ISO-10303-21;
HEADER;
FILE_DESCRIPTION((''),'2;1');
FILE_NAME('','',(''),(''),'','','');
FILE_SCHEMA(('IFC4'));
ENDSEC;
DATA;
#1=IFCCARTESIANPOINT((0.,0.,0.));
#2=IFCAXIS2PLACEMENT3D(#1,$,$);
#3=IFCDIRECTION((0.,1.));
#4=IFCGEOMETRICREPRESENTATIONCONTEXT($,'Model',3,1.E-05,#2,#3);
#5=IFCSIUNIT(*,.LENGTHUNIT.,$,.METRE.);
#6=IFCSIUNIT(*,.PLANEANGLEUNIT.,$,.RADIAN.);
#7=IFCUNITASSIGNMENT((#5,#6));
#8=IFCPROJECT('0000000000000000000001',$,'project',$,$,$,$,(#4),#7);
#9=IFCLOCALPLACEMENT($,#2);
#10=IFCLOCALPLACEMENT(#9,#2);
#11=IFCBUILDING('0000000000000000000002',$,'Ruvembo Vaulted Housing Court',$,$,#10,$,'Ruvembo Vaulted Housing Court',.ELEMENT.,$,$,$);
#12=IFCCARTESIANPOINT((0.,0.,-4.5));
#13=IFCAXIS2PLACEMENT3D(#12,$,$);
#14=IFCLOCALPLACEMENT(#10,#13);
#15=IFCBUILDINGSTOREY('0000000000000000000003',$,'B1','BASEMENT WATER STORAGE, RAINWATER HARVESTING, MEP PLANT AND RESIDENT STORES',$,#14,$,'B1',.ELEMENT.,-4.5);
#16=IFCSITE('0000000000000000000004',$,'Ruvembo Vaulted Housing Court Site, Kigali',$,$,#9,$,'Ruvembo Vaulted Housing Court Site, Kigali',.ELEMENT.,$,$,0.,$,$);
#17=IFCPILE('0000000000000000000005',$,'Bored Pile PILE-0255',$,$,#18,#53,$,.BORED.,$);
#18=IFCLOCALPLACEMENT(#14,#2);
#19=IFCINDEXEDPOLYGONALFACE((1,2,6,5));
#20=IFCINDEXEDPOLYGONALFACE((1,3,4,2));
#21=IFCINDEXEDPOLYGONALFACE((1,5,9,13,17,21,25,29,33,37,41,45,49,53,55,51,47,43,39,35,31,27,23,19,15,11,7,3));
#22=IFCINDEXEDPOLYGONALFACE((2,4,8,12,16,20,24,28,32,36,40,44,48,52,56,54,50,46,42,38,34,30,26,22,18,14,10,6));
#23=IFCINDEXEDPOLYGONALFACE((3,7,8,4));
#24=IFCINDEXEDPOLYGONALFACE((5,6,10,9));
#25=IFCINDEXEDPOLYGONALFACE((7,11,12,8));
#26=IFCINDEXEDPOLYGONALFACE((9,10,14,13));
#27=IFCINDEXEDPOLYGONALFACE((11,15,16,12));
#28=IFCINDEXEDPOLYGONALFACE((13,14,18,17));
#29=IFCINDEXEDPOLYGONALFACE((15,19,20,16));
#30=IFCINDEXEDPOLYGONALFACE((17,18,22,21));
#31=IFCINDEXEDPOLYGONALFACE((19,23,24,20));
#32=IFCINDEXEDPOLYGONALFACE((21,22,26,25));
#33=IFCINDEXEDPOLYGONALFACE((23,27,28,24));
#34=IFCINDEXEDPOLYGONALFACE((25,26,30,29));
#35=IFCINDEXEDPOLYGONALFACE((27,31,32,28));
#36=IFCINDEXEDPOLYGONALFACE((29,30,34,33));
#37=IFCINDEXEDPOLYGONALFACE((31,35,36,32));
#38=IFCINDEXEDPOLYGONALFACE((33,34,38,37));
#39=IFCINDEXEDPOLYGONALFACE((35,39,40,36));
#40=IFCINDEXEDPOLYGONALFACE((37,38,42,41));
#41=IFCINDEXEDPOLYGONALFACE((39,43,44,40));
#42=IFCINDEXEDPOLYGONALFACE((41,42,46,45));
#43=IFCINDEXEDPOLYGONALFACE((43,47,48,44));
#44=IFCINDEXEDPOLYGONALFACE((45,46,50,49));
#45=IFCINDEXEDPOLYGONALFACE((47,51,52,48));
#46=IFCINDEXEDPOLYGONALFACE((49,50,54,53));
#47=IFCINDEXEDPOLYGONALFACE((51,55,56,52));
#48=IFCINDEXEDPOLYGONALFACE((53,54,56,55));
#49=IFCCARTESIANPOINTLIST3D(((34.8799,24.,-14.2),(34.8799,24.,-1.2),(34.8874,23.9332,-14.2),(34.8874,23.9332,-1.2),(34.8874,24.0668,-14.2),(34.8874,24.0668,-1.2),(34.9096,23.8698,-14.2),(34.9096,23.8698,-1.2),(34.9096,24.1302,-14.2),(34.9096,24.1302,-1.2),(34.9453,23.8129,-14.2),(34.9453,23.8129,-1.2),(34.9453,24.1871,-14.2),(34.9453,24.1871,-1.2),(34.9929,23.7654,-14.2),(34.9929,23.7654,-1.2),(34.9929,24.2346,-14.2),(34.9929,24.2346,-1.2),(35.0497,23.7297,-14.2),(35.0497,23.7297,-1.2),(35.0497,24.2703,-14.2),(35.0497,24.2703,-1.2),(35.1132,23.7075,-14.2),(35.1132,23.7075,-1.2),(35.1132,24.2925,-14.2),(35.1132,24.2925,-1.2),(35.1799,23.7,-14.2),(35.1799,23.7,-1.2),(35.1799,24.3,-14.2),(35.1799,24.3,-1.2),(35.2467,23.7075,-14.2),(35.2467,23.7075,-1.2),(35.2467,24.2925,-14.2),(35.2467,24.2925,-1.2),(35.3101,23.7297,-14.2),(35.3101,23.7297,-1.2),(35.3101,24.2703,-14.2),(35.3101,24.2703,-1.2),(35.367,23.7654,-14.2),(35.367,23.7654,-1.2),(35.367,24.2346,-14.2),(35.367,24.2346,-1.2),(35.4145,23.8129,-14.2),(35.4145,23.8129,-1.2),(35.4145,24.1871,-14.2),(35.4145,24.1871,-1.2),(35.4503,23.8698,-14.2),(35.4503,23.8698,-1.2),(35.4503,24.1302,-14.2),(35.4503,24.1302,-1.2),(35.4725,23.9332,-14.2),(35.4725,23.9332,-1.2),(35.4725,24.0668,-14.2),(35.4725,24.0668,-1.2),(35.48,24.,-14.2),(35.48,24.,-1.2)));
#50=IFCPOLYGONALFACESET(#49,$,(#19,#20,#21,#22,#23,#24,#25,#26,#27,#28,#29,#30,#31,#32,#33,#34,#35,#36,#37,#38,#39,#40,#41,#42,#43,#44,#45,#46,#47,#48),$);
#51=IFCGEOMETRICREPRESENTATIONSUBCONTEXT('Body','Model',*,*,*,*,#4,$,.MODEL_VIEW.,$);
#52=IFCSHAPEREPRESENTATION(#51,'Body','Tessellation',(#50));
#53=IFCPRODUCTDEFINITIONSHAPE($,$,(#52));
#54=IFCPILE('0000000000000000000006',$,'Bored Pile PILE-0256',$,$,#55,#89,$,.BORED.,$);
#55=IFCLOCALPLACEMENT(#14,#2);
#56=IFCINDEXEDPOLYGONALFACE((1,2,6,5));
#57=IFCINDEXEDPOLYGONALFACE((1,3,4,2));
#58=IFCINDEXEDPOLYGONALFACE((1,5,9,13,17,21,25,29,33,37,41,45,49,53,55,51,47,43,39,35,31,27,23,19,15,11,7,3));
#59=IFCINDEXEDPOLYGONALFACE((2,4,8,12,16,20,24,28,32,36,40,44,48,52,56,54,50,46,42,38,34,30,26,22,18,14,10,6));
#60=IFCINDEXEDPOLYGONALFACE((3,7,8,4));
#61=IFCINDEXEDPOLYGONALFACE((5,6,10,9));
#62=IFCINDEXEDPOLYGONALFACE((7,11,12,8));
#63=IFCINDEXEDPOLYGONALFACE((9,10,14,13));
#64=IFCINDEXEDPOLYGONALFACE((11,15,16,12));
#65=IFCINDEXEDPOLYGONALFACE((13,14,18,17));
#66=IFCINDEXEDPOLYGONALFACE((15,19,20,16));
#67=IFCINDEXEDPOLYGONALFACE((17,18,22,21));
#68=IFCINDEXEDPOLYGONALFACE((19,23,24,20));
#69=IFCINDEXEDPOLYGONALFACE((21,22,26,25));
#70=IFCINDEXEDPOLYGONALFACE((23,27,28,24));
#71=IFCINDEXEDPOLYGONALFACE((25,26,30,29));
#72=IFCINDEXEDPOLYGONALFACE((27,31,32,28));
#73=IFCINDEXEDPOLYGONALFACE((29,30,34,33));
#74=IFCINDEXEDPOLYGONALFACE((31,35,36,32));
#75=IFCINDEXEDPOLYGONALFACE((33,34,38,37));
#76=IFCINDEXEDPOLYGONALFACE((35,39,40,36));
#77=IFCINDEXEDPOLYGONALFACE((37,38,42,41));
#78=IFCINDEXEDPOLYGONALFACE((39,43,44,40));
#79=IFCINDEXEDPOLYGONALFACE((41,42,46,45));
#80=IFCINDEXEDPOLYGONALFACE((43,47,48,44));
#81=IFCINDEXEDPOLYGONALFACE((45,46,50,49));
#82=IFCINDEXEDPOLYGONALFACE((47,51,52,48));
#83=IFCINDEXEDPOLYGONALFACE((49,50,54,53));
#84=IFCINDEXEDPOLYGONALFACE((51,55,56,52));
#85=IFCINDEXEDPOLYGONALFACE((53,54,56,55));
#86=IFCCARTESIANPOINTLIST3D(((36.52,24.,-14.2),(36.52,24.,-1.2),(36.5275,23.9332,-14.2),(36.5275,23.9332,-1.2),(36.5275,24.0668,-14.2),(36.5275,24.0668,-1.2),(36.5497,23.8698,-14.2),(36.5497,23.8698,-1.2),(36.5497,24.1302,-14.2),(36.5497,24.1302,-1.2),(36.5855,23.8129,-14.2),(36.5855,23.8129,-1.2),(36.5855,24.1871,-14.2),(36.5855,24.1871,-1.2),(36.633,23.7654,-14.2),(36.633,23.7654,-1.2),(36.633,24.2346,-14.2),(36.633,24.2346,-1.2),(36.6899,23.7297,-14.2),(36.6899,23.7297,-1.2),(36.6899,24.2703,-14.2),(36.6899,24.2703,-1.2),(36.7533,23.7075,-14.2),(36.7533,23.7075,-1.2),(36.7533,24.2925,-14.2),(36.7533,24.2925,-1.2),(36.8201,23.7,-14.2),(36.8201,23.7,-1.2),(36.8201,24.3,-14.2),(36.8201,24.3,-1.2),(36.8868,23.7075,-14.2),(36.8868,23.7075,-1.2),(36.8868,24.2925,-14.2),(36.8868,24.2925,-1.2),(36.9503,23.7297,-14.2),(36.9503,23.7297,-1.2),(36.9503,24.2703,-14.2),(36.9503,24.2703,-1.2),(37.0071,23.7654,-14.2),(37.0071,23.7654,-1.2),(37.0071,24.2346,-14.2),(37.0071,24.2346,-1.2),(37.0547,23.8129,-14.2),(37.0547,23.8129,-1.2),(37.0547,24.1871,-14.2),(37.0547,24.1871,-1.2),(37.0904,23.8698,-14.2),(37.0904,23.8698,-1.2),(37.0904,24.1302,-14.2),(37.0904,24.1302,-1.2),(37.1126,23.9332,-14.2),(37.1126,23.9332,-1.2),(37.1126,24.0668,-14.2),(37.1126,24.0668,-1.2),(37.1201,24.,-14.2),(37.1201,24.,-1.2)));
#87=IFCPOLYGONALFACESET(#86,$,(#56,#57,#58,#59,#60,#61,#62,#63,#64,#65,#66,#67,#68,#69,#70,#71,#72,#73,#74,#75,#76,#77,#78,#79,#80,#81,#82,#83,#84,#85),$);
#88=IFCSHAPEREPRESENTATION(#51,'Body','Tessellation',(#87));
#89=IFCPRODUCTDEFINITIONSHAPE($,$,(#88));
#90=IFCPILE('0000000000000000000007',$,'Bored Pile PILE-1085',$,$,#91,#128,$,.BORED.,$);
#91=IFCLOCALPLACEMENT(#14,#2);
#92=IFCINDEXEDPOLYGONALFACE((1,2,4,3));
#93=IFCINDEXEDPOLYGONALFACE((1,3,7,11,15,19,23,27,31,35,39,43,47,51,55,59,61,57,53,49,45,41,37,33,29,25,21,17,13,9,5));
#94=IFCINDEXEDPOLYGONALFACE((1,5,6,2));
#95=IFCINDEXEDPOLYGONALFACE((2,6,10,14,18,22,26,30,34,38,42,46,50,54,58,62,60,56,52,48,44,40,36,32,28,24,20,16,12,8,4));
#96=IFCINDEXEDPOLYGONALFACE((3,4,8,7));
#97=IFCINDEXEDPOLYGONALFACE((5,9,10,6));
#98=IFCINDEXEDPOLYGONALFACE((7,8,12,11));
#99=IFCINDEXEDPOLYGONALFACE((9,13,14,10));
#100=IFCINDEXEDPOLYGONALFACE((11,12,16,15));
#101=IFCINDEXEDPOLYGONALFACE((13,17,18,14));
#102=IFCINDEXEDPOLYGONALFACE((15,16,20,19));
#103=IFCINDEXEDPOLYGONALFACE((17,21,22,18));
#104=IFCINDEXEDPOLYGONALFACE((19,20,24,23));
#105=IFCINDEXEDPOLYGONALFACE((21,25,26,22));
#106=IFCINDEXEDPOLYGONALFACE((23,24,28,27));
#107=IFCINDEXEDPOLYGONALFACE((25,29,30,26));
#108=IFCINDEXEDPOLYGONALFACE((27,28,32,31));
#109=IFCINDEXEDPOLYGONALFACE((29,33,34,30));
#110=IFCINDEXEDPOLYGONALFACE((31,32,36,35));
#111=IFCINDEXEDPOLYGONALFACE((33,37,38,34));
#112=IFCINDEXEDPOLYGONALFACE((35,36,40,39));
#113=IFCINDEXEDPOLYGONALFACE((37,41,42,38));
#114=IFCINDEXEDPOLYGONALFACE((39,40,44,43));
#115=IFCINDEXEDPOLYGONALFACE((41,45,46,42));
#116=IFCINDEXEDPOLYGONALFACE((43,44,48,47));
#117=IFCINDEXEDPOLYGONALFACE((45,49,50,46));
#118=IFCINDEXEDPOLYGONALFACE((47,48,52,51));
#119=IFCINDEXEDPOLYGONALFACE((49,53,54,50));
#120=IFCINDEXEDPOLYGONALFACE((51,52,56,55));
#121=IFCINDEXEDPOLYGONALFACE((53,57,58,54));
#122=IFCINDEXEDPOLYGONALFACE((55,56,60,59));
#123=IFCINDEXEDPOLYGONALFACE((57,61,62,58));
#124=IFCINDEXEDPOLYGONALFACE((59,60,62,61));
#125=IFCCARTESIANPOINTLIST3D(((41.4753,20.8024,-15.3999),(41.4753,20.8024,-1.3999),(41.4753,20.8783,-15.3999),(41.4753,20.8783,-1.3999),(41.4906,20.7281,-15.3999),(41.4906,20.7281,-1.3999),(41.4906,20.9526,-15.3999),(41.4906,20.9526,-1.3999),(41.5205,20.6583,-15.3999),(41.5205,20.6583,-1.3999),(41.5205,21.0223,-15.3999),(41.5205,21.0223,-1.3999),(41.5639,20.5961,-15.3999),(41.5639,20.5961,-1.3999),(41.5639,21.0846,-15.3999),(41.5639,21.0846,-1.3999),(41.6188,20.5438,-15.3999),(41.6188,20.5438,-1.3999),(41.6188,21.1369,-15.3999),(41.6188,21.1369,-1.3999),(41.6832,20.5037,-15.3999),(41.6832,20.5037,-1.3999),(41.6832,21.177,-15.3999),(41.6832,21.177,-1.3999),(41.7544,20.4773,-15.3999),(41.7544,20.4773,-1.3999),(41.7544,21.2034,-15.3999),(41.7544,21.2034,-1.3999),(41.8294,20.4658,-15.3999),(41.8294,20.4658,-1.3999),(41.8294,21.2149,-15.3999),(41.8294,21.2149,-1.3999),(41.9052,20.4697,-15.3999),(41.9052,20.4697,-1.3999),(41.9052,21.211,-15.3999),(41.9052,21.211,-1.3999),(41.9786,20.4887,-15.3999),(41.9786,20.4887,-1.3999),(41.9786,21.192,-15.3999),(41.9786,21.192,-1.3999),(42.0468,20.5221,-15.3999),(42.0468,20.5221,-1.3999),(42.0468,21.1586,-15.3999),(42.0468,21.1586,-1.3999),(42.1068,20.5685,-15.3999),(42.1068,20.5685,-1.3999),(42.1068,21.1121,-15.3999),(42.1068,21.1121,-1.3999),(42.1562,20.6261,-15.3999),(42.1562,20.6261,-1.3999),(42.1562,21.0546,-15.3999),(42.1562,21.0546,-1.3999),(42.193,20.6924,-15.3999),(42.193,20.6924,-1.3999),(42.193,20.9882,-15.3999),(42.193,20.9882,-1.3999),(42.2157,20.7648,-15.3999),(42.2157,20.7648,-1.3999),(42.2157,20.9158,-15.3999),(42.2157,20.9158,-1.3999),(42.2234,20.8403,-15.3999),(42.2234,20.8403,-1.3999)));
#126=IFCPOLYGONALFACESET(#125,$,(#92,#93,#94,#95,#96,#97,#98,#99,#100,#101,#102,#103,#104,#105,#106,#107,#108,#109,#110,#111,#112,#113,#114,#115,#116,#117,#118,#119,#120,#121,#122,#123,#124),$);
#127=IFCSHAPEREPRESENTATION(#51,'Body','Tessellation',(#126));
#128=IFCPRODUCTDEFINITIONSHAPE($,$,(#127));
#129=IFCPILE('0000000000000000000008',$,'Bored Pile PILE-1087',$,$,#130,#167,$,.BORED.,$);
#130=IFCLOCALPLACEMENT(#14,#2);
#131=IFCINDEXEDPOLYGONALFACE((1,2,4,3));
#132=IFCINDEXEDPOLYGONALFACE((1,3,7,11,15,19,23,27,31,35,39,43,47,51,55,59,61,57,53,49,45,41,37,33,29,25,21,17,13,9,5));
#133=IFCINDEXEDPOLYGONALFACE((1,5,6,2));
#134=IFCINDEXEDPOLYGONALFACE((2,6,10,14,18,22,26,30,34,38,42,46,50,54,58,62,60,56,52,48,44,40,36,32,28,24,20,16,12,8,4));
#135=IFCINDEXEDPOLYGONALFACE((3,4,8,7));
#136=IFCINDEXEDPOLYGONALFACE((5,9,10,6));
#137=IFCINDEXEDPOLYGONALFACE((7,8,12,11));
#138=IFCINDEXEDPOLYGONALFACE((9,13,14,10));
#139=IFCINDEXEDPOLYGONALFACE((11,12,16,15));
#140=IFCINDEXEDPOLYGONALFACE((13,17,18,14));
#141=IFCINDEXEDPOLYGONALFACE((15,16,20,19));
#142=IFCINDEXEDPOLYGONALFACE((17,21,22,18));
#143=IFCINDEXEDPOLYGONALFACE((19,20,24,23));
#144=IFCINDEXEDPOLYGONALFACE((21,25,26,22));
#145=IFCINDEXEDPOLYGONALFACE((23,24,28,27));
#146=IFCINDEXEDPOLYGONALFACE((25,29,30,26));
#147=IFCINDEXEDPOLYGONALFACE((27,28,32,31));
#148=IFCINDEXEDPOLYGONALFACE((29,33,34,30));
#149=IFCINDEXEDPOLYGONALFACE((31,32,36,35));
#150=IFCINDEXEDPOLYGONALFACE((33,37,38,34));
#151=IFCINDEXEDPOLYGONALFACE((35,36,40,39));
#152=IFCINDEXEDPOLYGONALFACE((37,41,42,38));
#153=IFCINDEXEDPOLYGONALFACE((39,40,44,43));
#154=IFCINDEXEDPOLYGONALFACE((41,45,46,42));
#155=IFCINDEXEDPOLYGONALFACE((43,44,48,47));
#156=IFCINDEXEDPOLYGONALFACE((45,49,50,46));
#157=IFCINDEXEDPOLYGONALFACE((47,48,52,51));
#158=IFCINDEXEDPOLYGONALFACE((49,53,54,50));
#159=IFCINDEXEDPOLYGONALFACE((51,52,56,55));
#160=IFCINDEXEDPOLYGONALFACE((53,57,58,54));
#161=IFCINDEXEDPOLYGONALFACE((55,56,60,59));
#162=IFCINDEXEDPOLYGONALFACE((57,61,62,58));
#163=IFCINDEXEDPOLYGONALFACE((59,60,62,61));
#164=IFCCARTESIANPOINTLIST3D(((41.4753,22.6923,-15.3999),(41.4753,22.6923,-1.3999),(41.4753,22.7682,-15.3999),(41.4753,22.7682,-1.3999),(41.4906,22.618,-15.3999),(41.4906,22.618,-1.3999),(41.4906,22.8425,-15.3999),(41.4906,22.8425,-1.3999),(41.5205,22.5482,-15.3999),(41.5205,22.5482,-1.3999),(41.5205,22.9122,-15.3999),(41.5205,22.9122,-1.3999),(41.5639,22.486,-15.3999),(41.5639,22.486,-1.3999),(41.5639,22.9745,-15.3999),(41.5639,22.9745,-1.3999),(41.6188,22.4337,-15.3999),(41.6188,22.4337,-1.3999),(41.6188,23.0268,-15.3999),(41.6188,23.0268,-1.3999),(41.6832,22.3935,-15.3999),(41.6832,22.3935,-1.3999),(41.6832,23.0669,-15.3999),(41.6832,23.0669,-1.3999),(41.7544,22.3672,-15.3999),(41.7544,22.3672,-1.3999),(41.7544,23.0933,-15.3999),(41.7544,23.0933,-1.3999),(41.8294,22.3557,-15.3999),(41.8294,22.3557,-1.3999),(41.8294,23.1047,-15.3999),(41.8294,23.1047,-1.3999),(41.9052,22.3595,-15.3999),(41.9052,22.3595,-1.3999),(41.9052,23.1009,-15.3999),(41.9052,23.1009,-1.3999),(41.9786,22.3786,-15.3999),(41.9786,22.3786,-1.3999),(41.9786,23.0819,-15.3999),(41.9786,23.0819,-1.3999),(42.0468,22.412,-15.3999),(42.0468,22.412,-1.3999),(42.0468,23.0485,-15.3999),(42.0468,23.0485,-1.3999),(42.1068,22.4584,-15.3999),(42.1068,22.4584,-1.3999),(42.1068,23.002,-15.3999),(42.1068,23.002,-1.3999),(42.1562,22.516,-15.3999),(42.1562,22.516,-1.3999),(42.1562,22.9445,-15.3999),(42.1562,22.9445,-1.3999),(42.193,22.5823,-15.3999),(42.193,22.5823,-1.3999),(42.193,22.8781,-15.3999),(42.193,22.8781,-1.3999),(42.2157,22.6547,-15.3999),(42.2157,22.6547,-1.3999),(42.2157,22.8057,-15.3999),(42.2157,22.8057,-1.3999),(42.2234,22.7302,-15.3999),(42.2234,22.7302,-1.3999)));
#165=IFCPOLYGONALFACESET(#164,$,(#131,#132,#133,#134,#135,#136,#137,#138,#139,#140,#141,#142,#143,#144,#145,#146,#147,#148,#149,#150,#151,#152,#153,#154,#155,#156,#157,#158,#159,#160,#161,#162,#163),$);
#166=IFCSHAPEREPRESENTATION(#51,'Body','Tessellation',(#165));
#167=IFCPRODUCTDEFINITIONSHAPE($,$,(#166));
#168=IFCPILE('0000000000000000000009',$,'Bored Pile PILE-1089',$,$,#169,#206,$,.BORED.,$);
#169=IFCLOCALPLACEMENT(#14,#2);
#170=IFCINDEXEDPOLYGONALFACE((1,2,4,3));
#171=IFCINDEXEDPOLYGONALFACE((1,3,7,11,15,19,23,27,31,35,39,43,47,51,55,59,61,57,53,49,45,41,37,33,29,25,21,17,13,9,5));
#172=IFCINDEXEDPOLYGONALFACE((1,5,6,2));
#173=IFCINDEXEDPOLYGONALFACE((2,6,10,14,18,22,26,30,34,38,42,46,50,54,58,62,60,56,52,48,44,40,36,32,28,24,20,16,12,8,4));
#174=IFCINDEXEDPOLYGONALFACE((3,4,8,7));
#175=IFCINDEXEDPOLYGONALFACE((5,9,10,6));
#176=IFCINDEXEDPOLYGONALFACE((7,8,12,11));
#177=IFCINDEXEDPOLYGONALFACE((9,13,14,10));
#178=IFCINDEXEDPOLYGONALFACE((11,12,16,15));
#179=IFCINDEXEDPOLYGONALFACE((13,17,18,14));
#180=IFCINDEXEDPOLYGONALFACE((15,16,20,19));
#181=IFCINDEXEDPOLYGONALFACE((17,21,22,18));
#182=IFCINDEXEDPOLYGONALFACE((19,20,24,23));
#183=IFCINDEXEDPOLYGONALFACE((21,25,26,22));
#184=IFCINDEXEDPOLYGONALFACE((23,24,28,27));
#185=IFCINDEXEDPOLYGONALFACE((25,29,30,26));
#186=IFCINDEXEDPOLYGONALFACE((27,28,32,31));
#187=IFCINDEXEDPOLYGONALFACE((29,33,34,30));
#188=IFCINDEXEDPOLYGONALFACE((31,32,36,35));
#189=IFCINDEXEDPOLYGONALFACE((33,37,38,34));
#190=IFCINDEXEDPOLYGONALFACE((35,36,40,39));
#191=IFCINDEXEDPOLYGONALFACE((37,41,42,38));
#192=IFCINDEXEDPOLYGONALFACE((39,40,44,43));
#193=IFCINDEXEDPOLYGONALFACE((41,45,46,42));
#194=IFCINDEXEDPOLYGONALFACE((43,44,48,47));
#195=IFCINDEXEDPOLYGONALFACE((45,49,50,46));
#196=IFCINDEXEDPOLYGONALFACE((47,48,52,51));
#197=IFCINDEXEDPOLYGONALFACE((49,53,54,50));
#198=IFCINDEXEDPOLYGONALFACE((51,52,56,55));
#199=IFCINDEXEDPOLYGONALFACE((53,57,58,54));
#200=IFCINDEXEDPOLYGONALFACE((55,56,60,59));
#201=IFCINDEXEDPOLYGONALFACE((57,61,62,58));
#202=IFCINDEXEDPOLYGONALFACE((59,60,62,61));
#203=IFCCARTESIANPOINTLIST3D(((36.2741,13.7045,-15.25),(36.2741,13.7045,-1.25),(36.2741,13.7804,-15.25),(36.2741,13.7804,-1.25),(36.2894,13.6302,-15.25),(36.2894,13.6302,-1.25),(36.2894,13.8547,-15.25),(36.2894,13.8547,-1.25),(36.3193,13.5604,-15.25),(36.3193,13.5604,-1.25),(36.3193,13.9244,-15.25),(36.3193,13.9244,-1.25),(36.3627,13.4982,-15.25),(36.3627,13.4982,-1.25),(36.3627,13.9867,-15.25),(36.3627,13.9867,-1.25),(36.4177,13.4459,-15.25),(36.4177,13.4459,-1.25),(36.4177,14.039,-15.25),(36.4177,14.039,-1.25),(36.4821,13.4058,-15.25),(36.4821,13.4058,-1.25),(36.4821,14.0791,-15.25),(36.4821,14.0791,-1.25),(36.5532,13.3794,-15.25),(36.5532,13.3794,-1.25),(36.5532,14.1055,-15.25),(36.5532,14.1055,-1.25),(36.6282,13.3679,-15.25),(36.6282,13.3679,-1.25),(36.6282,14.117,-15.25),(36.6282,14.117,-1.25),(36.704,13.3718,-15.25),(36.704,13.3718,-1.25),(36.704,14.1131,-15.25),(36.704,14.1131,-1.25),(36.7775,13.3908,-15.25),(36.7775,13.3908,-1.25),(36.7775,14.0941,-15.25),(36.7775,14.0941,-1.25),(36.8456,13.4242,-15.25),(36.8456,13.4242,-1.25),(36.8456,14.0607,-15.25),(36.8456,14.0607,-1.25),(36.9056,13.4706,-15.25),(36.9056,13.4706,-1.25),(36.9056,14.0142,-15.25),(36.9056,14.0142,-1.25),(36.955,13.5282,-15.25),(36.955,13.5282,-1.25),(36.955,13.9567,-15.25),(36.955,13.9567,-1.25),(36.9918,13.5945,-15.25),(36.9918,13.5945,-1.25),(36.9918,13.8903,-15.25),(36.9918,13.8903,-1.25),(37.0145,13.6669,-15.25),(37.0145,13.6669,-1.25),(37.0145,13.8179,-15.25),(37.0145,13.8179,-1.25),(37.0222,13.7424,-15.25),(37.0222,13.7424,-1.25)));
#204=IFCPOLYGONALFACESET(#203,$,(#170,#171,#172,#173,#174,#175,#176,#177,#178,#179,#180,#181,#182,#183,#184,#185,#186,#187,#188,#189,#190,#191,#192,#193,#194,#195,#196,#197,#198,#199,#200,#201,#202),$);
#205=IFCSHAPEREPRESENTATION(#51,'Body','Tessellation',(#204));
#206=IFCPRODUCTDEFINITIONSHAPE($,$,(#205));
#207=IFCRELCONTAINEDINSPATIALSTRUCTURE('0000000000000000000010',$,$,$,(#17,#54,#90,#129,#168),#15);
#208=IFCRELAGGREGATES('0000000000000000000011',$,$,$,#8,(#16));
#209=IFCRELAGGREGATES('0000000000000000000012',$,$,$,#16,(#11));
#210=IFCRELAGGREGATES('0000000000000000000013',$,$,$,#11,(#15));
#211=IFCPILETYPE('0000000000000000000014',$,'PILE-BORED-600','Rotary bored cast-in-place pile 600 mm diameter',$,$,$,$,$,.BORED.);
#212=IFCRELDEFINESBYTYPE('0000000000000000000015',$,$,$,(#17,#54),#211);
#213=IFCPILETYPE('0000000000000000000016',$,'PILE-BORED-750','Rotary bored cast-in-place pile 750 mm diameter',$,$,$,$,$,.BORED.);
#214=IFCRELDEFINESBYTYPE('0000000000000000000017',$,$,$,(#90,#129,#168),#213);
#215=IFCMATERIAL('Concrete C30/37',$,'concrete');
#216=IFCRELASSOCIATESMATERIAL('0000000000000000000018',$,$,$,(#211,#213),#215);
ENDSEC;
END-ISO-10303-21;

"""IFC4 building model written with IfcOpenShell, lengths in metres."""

from ifc_helpers import new_model, si_unit, direction, frame, origin, origin_2d, place, context, subcontext, project, spatial, circle, extrude, material, material_profile, profile_set, type_object, element, save


model = new_model("IFC4")

# Units and contexts
model_context = context("Model", 3, precision=1e-05, world=origin(), true_north=direction((0.0, 1.0)))
body_context = subcontext(model_context, "Body", "Model", "MODEL_VIEW")
ifc_project = project(units=[si_unit("LENGTHUNIT", "METRE"), si_unit("PLANEANGLEUNIT", "RADIAN")], contexts=[model_context])

# Site, building, storey
site_placement = place(None, origin())
site = spatial("IfcSite", under=ifc_project, at=site_placement, Name="Ruvembo Vaulted Housing Court Site, Kigali", LongName="Ruvembo Vaulted Housing Court Site, Kigali", CompositionType="ELEMENT", RefElevation=0.0)
building_placement = place(site_placement, origin())
building = spatial("IfcBuilding", under=site, at=building_placement, Name="Ruvembo Vaulted Housing Court", LongName="Ruvembo Vaulted Housing Court", CompositionType="ELEMENT")
storey_placement = place(building_placement, frame((0.0, 0.0, -4.5)))
storey = spatial("IfcBuildingStorey", under=building, at=storey_placement, Name="B1", Description="BASEMENT WATER STORAGE, RAINWATER HARVESTING, MEP PLANT AND RESIDENT STORES", LongName="B1", CompositionType="ELEMENT", Elevation=-4.5)

# Piles
ifc_material_1 = material(Name="Concrete C30/37", Category="concrete")
ifc_material_profile_1 = material_profile(ifc_material_1, circle(Radius=0.3, at=origin_2d()), Name="PILE D600")
ifc_profile_set_1 = profile_set([ifc_material_profile_1], Name="Concrete C30/37")
pile_type_1 = type_object("IfcPileType", Name="PILE-BORED-600", Description="Rotary bored cast-in-place pile 600 mm diameter", PredefinedType="BORED", material=ifc_profile_set_1)
for number, where, z_axis, x_axis, name in (
    (1, (35.1799, 24.0, -1.2), (0.0, 0.0, -1.0), (1.0, 0.0, 0.0), "Bored Pile PILE-0255"),
    (2, (36.8201, 24.0, -1.2), (0.0, 0.0, -1.0), (1.0, 0.0, 0.0), "Bored Pile PILE-0256"),
):
    element("IfcPile", number, at=place(storey_placement, frame(where, z_axis=z_axis, x_axis=x_axis)), inside=storey, type_object=pile_type_1, Name=name, PredefinedType="BORED", context=body_context, shape_type="SweptSolid", body=[
        extrude(circle(Radius=0.3, at=origin_2d()), origin(), (0.0, 0.0, 1.0), 13.0),
    ])
ifc_material_profile_2 = material_profile(ifc_material_1, circle(Radius=0.375, at=origin_2d()), Name="PILE D750")
ifc_profile_set_2 = profile_set([ifc_material_profile_2], Name="Concrete C30/37")
pile_type_2 = type_object("IfcPileType", Name="PILE-BORED-750", Description="Rotary bored cast-in-place pile 750 mm diameter", PredefinedType="BORED", material=ifc_profile_set_2)
for number, where, z_axis, x_axis, name in (
    (3, (41.8484, 20.8403, -1.3999), (0.0, 0.0, -1.0), (1.0, 0.0, 0.0), "Bored Pile PILE-1085"),
    (4, (41.8484, 22.7302, -1.3999), (0.0, 0.0, -1.0), (1.0, 0.0, 0.0), "Bored Pile PILE-1087"),
    (5, (36.6472, 13.7424, -1.25), (0.0, 0.0, -1.0), (1.0, 0.0, 0.0), "Bored Pile PILE-1089"),
):
    element("IfcPile", number, at=place(storey_placement, frame(where, z_axis=z_axis, x_axis=x_axis)), inside=storey, type_object=pile_type_2, Name=name, PredefinedType="BORED", context=body_context, shape_type="SweptSolid", body=[
        extrude(circle(Radius=0.375, at=origin_2d()), origin(), (0.0, 0.0, 1.0), 14.0),
    ])

save(model, "model.ifc")
